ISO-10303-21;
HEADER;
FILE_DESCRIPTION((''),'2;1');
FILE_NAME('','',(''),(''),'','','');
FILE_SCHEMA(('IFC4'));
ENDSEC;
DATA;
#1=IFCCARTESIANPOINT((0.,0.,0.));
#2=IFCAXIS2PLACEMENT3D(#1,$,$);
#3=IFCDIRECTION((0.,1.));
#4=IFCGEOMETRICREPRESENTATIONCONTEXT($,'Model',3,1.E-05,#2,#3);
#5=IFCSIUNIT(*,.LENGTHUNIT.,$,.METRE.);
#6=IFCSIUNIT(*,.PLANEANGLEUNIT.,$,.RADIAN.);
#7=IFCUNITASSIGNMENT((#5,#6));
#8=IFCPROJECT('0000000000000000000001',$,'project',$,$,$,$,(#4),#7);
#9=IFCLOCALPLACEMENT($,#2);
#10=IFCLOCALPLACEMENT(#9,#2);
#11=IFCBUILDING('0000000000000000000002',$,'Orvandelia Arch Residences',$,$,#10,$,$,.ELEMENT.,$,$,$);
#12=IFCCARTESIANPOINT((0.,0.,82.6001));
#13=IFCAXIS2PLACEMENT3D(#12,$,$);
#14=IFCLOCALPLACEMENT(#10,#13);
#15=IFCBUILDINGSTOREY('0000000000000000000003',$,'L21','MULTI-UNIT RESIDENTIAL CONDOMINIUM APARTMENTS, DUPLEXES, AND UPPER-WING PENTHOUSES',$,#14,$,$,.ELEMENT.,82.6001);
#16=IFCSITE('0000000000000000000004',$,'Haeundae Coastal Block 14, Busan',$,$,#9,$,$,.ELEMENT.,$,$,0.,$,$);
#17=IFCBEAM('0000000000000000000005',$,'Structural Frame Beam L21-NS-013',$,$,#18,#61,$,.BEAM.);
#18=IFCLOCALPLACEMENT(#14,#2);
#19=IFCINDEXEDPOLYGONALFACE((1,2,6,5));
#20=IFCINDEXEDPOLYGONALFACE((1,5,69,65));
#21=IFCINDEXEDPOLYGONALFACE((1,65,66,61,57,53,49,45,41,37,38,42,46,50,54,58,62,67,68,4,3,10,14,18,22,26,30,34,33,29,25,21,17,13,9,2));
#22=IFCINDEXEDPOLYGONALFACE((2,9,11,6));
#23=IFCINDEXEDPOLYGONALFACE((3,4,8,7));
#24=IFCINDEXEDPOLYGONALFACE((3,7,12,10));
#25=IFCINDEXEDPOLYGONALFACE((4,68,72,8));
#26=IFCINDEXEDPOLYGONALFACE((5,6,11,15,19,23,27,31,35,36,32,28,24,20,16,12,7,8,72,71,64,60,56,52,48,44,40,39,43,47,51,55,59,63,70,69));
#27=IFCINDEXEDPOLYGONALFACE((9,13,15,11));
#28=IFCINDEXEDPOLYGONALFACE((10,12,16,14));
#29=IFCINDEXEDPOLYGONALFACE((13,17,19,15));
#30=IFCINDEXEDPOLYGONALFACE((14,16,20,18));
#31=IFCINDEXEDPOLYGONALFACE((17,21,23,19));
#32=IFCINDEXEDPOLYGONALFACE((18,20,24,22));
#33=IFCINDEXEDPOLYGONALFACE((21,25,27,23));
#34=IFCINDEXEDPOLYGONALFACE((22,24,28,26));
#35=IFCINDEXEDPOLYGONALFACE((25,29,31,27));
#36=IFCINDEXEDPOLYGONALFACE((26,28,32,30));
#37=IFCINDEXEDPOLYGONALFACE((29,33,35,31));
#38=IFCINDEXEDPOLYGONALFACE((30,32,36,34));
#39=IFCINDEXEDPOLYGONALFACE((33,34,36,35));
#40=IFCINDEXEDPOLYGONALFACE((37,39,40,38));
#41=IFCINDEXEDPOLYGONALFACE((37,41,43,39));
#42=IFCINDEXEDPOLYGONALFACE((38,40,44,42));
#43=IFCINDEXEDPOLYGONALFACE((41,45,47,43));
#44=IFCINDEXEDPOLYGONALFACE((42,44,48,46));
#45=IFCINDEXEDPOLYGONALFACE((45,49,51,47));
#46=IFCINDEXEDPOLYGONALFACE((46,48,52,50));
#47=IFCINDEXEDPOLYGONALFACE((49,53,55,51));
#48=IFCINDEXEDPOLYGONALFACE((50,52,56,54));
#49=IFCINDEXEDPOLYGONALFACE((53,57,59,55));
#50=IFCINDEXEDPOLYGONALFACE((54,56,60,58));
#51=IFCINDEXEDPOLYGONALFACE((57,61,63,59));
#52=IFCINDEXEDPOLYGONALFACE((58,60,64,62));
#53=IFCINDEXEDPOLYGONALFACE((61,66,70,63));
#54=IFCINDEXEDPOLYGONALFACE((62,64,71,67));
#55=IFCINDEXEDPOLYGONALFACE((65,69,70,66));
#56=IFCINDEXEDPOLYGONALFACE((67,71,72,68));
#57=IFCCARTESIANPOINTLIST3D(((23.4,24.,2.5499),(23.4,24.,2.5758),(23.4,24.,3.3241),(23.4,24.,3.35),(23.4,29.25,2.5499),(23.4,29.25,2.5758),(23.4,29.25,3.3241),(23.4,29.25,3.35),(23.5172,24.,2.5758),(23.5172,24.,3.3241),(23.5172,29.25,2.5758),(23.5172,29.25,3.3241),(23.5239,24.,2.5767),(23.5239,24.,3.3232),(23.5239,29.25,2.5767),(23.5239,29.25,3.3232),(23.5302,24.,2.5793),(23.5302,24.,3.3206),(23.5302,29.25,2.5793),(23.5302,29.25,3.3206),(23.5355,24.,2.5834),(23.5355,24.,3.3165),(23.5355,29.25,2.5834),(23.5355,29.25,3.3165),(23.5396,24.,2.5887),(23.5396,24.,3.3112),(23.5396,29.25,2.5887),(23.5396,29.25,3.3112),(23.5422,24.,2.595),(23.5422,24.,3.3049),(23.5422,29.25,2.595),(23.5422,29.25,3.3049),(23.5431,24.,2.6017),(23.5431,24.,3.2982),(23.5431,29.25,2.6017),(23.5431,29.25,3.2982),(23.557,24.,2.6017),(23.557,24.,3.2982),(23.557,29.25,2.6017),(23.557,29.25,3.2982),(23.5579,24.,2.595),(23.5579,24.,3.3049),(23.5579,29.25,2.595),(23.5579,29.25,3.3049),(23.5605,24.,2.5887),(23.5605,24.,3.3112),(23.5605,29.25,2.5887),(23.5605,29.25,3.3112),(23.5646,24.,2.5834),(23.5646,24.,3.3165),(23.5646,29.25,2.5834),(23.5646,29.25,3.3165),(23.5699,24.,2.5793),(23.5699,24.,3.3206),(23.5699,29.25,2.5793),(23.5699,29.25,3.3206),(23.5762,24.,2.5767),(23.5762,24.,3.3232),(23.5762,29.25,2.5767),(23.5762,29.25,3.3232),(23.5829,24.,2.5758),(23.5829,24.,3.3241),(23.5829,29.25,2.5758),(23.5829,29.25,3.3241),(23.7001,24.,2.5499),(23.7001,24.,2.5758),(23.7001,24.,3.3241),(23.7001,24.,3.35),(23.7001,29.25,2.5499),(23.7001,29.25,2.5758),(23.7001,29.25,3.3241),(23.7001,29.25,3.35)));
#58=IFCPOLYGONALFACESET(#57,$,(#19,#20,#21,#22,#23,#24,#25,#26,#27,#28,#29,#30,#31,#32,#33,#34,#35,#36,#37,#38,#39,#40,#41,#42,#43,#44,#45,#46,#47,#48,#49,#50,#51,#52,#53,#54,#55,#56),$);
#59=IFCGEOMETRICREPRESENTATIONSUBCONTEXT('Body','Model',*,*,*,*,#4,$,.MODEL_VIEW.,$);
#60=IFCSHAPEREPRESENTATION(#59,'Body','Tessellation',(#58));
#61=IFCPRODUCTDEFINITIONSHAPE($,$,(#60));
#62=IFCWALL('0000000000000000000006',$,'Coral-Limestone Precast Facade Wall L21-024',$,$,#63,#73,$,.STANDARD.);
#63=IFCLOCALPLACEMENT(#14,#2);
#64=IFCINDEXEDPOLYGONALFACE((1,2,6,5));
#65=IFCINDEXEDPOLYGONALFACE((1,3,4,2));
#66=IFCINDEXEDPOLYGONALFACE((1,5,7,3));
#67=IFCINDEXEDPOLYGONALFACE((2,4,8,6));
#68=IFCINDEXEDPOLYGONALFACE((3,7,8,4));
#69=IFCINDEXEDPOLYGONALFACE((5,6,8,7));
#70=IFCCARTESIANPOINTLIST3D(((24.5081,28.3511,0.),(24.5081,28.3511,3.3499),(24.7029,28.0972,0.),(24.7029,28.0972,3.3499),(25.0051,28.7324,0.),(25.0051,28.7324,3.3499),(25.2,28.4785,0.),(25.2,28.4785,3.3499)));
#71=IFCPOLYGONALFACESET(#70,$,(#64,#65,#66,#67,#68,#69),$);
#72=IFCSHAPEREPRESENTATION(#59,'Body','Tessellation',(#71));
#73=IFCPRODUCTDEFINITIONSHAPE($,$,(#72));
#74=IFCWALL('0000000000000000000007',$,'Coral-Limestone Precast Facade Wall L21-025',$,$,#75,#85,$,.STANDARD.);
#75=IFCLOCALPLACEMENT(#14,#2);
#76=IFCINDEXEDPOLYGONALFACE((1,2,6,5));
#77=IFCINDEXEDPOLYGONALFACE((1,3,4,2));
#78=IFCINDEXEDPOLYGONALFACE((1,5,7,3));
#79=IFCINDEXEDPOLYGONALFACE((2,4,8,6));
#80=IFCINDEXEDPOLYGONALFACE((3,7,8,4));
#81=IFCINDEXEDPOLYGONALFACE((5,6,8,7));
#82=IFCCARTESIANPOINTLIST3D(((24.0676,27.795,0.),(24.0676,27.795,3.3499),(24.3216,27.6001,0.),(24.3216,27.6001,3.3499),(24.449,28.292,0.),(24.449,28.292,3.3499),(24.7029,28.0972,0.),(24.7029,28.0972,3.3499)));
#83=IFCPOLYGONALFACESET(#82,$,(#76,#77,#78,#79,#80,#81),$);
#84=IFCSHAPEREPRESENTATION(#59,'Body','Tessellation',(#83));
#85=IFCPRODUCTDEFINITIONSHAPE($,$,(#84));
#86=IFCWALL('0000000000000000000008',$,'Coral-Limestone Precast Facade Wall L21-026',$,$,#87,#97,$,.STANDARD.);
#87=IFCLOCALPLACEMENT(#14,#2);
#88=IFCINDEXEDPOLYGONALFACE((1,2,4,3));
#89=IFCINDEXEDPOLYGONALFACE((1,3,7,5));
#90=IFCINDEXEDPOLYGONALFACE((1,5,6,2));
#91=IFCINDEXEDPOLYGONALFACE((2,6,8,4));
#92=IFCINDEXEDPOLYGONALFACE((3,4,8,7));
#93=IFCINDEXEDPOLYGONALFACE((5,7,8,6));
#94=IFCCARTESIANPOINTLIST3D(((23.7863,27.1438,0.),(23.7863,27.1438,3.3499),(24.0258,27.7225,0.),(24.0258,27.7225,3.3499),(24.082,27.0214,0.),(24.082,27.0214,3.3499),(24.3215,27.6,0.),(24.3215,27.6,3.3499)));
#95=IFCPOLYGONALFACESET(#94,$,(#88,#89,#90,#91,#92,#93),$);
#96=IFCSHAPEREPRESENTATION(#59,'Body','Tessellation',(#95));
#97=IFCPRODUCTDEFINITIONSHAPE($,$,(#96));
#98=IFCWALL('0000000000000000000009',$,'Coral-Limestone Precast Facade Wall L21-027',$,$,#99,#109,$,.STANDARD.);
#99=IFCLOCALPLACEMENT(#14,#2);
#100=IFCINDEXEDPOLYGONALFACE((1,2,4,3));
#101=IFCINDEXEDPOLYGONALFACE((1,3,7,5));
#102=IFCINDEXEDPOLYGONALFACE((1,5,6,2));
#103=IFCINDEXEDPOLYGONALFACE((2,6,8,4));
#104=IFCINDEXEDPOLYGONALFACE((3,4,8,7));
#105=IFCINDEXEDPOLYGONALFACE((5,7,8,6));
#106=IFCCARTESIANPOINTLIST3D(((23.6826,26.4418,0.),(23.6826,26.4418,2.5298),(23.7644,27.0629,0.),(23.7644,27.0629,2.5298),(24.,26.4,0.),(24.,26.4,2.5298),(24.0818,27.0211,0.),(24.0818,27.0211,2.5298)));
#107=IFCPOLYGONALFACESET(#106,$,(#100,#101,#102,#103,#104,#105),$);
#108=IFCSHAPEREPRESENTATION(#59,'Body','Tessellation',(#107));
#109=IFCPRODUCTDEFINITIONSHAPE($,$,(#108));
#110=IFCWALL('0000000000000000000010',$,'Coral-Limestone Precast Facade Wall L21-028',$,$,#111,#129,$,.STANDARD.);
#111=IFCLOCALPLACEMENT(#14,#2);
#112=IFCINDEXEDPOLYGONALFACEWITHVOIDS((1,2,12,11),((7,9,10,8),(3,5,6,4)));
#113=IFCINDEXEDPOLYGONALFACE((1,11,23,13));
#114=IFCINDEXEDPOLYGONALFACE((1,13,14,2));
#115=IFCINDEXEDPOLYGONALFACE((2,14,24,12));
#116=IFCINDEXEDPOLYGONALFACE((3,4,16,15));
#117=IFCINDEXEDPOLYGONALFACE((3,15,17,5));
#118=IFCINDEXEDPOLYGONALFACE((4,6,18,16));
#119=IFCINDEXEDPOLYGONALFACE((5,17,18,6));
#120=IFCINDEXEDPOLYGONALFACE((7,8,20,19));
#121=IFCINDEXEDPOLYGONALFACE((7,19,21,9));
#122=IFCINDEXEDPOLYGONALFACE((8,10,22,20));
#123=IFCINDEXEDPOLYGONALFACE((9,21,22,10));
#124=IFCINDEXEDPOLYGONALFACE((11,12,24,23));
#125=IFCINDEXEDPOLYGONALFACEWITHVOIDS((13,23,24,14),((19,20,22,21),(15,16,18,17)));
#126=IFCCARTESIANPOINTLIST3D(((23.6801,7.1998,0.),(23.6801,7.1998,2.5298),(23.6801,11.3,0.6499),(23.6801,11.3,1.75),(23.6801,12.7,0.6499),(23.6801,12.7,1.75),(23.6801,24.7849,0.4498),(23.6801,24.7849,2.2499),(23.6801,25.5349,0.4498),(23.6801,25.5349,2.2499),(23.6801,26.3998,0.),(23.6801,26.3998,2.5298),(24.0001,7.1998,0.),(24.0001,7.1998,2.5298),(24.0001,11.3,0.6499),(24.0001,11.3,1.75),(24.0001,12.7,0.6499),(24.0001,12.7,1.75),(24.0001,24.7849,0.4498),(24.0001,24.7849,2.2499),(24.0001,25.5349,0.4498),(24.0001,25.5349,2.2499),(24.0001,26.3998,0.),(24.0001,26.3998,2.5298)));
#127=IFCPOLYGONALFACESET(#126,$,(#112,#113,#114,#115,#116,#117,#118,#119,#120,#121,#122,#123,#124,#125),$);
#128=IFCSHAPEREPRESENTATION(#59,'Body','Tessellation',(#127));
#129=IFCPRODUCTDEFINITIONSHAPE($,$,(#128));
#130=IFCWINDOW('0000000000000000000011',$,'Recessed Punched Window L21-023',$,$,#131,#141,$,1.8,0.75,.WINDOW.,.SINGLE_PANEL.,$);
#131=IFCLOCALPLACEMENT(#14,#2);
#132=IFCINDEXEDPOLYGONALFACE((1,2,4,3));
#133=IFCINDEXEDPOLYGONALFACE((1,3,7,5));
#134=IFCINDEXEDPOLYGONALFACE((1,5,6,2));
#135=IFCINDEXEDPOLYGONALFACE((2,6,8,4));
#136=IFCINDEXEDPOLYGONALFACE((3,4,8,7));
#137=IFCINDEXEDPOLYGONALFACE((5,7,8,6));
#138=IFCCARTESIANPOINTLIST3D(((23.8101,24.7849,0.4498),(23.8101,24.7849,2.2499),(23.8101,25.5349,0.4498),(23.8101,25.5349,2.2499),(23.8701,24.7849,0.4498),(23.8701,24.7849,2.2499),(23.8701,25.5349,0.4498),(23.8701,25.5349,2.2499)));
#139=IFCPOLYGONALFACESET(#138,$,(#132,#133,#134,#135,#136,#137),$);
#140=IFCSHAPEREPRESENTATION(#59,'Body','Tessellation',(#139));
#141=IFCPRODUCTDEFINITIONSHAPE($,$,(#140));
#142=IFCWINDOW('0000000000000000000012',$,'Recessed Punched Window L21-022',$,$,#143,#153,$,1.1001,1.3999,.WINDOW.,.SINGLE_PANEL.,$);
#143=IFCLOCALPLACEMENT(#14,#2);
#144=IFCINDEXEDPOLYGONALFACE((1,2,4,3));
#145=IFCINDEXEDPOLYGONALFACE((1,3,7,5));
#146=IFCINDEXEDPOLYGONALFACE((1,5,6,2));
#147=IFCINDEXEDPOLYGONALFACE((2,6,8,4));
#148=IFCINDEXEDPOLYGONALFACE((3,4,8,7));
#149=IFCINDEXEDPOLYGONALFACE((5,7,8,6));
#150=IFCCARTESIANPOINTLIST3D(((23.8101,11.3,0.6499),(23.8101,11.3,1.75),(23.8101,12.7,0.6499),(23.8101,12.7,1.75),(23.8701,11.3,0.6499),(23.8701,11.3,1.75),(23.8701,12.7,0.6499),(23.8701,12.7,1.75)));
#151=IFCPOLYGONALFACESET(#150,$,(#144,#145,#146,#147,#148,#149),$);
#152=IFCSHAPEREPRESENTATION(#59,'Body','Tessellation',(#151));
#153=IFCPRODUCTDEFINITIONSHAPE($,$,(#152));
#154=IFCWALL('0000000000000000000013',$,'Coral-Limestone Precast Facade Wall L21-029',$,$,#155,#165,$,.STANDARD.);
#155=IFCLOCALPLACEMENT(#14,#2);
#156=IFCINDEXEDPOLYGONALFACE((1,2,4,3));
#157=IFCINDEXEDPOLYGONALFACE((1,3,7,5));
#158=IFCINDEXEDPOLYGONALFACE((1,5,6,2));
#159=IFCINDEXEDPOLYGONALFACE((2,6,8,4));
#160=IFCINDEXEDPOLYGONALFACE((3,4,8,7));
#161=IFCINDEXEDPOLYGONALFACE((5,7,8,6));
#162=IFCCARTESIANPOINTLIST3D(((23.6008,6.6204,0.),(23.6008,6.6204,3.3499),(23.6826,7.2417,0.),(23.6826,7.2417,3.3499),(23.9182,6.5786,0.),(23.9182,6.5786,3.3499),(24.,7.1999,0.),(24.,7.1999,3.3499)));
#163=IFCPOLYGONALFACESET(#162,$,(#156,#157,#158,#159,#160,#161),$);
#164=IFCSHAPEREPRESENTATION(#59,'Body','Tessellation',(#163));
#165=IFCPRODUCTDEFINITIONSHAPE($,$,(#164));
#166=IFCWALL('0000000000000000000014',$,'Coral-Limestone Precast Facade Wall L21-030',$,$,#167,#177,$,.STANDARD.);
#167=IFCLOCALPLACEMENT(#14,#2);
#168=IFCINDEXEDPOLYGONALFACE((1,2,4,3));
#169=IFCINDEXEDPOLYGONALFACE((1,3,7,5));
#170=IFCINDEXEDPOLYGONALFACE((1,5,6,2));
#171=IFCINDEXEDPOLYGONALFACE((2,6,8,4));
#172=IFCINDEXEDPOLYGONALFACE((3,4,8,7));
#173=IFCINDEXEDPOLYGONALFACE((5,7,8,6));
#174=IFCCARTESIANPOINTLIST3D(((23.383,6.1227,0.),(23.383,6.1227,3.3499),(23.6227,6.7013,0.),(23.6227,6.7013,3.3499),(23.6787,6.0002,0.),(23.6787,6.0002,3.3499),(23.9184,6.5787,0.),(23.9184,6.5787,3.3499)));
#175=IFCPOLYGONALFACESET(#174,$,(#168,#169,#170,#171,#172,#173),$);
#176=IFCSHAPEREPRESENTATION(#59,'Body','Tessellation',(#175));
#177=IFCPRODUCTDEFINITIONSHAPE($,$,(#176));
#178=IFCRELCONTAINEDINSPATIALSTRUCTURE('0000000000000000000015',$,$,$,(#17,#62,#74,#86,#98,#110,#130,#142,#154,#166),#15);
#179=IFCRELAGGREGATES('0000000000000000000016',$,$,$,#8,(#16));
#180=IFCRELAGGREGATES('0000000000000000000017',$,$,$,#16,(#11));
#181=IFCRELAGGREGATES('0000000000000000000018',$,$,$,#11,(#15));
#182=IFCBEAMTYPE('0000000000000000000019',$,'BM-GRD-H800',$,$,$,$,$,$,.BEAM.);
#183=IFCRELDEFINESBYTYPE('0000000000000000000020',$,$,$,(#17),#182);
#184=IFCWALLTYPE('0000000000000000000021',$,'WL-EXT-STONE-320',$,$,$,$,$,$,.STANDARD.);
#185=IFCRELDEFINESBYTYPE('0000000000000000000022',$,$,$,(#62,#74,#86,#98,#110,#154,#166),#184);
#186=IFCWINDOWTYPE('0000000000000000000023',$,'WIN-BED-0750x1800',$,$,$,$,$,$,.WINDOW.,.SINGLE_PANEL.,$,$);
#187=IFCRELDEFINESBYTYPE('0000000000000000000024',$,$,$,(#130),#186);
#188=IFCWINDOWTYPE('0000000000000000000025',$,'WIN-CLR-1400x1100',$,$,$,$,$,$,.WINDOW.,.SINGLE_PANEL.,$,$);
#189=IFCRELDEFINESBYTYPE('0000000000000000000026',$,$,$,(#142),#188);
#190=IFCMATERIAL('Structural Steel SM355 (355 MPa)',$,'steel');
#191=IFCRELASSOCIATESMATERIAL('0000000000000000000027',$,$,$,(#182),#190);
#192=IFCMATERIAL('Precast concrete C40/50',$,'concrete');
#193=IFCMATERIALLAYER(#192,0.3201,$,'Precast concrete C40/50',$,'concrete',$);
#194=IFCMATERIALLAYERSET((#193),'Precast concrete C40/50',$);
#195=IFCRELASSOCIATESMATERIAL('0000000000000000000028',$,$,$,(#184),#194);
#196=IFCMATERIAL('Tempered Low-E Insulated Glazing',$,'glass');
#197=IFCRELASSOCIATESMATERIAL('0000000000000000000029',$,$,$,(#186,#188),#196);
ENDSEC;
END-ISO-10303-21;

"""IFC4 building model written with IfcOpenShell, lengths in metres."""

from ifc_helpers import new_model, si_unit, direction, frame, frame_2d, origin, origin_2d, place, context, subcontext, project, spatial, rectangle, i_section, extrude, material, layer, layer_set, material_profile, profile_set, type_object, element, fill, save


model = new_model("IFC4")

# Units and contexts
model_context = context("Model", 3, precision=1e-05, world=origin(), true_north=direction((0.0, 1.0)))
body_context = subcontext(model_context, "Body", "Model", "MODEL_VIEW")
ifc_project = project(units=[si_unit("LENGTHUNIT", "METRE"), si_unit("PLANEANGLEUNIT", "RADIAN")], contexts=[model_context])

# Site, building, storey
site_placement = place(None, origin())
site = spatial("IfcSite", under=ifc_project, at=site_placement, Name="Haeundae Coastal Block 14, Busan", CompositionType="ELEMENT", RefElevation=0.0)
building_placement = place(site_placement, origin())
building = spatial("IfcBuilding", under=site, at=building_placement, Name="Orvandelia Arch Residences", CompositionType="ELEMENT")
storey_placement = place(building_placement, frame((0.0, 0.0, 82.6001)))
storey = spatial("IfcBuildingStorey", under=building, at=storey_placement, Name="L21", Description="MULTI-UNIT RESIDENTIAL CONDOMINIUM APARTMENTS, DUPLEXES, AND UPPER-WING PENTHOUSES", CompositionType="ELEMENT", Elevation=82.6001)

# Beam
ifc_material_1 = material(Name="Structural Steel SM355 (355 MPa)", Category="steel")
ifc_material_profile_1 = material_profile(ifc_material_1, i_section(OverallWidth=0.3, OverallDepth=0.8, WebThickness=0.0139, FlangeThickness=0.0259, FilletRadius=0.0259, at=origin_2d()), Name="Structural Steel SM355 (355 MPa)", Category="steel")
ifc_profile_set_1 = profile_set([ifc_material_profile_1], Name="Structural Steel SM355 (355 MPa)")
beam_type = type_object("IfcBeamType", Name="BM-GRD-H800", PredefinedType="BEAM", material=ifc_profile_set_1)
beam_1_placement = place(storey_placement, frame((23.55, 24.0, 2.95), z_axis=(0.0, 1.0, 0.0), x_axis=(-1.0, 0.0, 0.0)))
element("IfcBeam", 1, at=beam_1_placement, inside=storey, type_object=beam_type, Name="Structural Frame Beam L21-NS-013", PredefinedType="BEAM", context=body_context, shape_type="SweptSolid", body=[
    extrude(i_section(OverallWidth=0.3, OverallDepth=0.8, WebThickness=0.0139, FlangeThickness=0.0259, FilletRadius=0.0259, at=origin_2d()), origin(), (0.0, 0.0, 1.0), 5.25),
])

# Walls
ifc_material_2 = material(Name="Precast concrete C40/50", Category="concrete")
ifc_layer = layer(ifc_material_2, 0.3201, Name="Precast concrete C40/50", Category="concrete")
ifc_layer_set = layer_set([ifc_layer], Name="Precast concrete C40/50")
wall_type = type_object("IfcWallType", Name="WL-EXT-STONE-320", PredefinedType="STANDARD", material=ifc_layer_set)
for number, where, z_axis, x_axis, name in (
    (2, (25.1025, 28.6055, 0.0), (0.0, 0.0, 1.0), (-0.793406, -0.608693, 0.0), "Coral-Limestone Precast Facade Wall L21-024"),
    (3, (24.5759, 28.1946, 0.0), (0.0, 0.0, 1.0), (-0.608693, -0.793406, 0.0), "Coral-Limestone Precast Facade Wall L21-025"),
):
    element("IfcWall", number, at=place(storey_placement, frame(where, z_axis=z_axis, x_axis=x_axis)), inside=storey, type_object=wall_type, Name=name, PredefinedType="STANDARD", context=body_context, shape_type="SweptSolid", body=[
        extrude(rectangle(XDim=0.6265, YDim=0.3201, at=frame_2d((0.3132, 0.0))), origin(), (0.0, 0.0, 1.0), 3.3499),
    ])
wall_1_placement = place(storey_placement, frame((24.1736, 27.6611, 0.0), z_axis=(0.0, 0.0, 1.0), x_axis=(-0.382455, -0.923974, 0.0)))
element("IfcWall", 4, at=wall_1_placement, inside=storey, type_object=wall_type, Name="Coral-Limestone Precast Facade Wall L21-026", PredefinedType="STANDARD", context=body_context, shape_type="SweptSolid", body=[
    extrude(rectangle(XDim=0.6262, YDim=0.3201, at=frame_2d((0.313, 0.0))), origin(), (0.0, 0.0, 1.0), 3.3499),
])
wall_2_placement = place(storey_placement, frame((23.9231, 27.042, 0.0), z_axis=(0.0, 0.0, 1.0), x_axis=(-0.130555, -0.991441, 0.0)))
element("IfcWall", 5, at=wall_2_placement, inside=storey, type_object=wall_type, Name="Coral-Limestone Precast Facade Wall L21-027", PredefinedType="STANDARD", context=body_context, shape_type="SweptSolid", body=[
    extrude(rectangle(XDim=0.6265, YDim=0.3201, at=frame_2d((0.3132, 0.0))), origin(), (0.0, 0.0, 1.0), 2.5298),
])

# Wall, openings, windows
wall_3_placement = place(storey_placement, frame((23.8401, 26.3999, 0.0), z_axis=(0.0, 0.0, 1.0), x_axis=(0.0, -1.0, 0.0)))
wall_3 = element("IfcWall", 6, at=wall_3_placement, inside=storey, type_object=wall_type, Name="Coral-Limestone Precast Facade Wall L21-028", PredefinedType="STANDARD", context=body_context, shape_type="SweptSolid", body=[
    extrude(rectangle(XDim=19.2, YDim=0.3201, at=frame_2d((9.6001, 0.0))), origin(), (0.0, 0.0, 1.0), 2.5298),
])
opening_1_placement = place(wall_3_placement, frame((13.7, 0.0, 0.6499)))
opening_1 = element("IfcOpeningElement", 7, at=opening_1_placement, cuts=wall_3, PredefinedType="OPENING", context=body_context, shape_type="SweptSolid", body=[
    extrude(rectangle(XDim=1.3999, YDim=1.1001, at=frame_2d((0.7, 0.55))), frame((0.0, 0.1699, 0.0), z_axis=(0.0, -1.0, 0.0), x_axis=(1.0, 0.0, 0.0)), (0.0, 0.0, 1.0), 0.3401),
])
opening_2_placement = place(wall_3_placement, frame((0.865, 0.0, 0.45)))
opening_2 = element("IfcOpeningElement", 8, at=opening_2_placement, cuts=wall_3, PredefinedType="OPENING", context=body_context, shape_type="SweptSolid", body=[
    extrude(rectangle(XDim=0.75, YDim=1.8, at=frame_2d((0.375, 0.8999))), frame((0.0, 0.1699, 0.0), z_axis=(0.0, -1.0, 0.0), x_axis=(1.0, 0.0, 0.0)), (0.0, 0.0, 1.0), 0.3401),
])
ifc_material_3 = material(Name="Tempered Low-E Insulated Glazing", Category="glass")
window_type_1 = type_object("IfcWindowType", Name="WIN-BED-0750x1800", PartitioningType="SINGLE_PANEL", PredefinedType="WINDOW", material=ifc_material_3)
window_1_placement = place(opening_2_placement, origin())
window_1 = element("IfcWindow", 9, at=window_1_placement, inside=storey, type_object=window_type_1, Name="Recessed Punched Window L21-023", OverallHeight=1.8, OverallWidth=0.75, PartitioningType="SINGLE_PANEL", PredefinedType="WINDOW", context=body_context, shape_type="SweptSolid", body=[
    extrude(rectangle(XDim=0.75, YDim=1.8, at=frame_2d((0.375, 0.8999))), frame((0.0, 0.03, 0.0), z_axis=(0.0, -1.0, 0.0), x_axis=(1.0, 0.0, 0.0)), (0.0, 0.0, 1.0), 0.0601),
])
fill(opening_2, window_1)
window_type_2 = type_object("IfcWindowType", Name="WIN-CLR-1400x1100", PartitioningType="SINGLE_PANEL", PredefinedType="WINDOW", material=ifc_material_3)
window_2_placement = place(opening_1_placement, origin())
window_2 = element("IfcWindow", 10, at=window_2_placement, inside=storey, type_object=window_type_2, Name="Recessed Punched Window L21-022", OverallHeight=1.1001, OverallWidth=1.3999, PartitioningType="SINGLE_PANEL", PredefinedType="WINDOW", context=body_context, shape_type="SweptSolid", body=[
    extrude(rectangle(XDim=1.3999, YDim=1.1001, at=frame_2d((0.7, 0.55))), frame((0.0, 0.03, 0.0), z_axis=(0.0, -1.0, 0.0), x_axis=(1.0, 0.0, 0.0)), (0.0, 0.0, 1.0), 0.0601),
])
fill(opening_1, window_2)

# Walls
wall_4_placement = place(storey_placement, frame((23.8413, 7.2209, 0.0), z_axis=(0.0, 0.0, 1.0), x_axis=(-0.130505, -0.991448, 0.0)))
element("IfcWall", 11, at=wall_4_placement, inside=storey, type_object=wall_type, Name="Coral-Limestone Precast Facade Wall L21-029", PredefinedType="STANDARD", context=body_context, shape_type="SweptSolid", body=[
    extrude(rectangle(XDim=0.6267, YDim=0.3201, at=frame_2d((0.3135, 0.0))), origin(), (0.0, 0.0, 1.0), 3.3499),
])
wall_5_placement = place(storey_placement, frame((23.7705, 6.6399, 0.0), z_axis=(0.0, 0.0, 1.0), x_axis=(-0.382788, -0.923836, 0.0)))
element("IfcWall", 12, at=wall_5_placement, inside=storey, type_object=wall_type, Name="Coral-Limestone Precast Facade Wall L21-030", PredefinedType="STANDARD", context=body_context, shape_type="SweptSolid", body=[
    extrude(rectangle(XDim=0.6262, YDim=0.3201, at=frame_2d((0.313, 0.0))), origin(), (0.0, 0.0, 1.0), 3.3499),
])

save(model, "model.ifc")
